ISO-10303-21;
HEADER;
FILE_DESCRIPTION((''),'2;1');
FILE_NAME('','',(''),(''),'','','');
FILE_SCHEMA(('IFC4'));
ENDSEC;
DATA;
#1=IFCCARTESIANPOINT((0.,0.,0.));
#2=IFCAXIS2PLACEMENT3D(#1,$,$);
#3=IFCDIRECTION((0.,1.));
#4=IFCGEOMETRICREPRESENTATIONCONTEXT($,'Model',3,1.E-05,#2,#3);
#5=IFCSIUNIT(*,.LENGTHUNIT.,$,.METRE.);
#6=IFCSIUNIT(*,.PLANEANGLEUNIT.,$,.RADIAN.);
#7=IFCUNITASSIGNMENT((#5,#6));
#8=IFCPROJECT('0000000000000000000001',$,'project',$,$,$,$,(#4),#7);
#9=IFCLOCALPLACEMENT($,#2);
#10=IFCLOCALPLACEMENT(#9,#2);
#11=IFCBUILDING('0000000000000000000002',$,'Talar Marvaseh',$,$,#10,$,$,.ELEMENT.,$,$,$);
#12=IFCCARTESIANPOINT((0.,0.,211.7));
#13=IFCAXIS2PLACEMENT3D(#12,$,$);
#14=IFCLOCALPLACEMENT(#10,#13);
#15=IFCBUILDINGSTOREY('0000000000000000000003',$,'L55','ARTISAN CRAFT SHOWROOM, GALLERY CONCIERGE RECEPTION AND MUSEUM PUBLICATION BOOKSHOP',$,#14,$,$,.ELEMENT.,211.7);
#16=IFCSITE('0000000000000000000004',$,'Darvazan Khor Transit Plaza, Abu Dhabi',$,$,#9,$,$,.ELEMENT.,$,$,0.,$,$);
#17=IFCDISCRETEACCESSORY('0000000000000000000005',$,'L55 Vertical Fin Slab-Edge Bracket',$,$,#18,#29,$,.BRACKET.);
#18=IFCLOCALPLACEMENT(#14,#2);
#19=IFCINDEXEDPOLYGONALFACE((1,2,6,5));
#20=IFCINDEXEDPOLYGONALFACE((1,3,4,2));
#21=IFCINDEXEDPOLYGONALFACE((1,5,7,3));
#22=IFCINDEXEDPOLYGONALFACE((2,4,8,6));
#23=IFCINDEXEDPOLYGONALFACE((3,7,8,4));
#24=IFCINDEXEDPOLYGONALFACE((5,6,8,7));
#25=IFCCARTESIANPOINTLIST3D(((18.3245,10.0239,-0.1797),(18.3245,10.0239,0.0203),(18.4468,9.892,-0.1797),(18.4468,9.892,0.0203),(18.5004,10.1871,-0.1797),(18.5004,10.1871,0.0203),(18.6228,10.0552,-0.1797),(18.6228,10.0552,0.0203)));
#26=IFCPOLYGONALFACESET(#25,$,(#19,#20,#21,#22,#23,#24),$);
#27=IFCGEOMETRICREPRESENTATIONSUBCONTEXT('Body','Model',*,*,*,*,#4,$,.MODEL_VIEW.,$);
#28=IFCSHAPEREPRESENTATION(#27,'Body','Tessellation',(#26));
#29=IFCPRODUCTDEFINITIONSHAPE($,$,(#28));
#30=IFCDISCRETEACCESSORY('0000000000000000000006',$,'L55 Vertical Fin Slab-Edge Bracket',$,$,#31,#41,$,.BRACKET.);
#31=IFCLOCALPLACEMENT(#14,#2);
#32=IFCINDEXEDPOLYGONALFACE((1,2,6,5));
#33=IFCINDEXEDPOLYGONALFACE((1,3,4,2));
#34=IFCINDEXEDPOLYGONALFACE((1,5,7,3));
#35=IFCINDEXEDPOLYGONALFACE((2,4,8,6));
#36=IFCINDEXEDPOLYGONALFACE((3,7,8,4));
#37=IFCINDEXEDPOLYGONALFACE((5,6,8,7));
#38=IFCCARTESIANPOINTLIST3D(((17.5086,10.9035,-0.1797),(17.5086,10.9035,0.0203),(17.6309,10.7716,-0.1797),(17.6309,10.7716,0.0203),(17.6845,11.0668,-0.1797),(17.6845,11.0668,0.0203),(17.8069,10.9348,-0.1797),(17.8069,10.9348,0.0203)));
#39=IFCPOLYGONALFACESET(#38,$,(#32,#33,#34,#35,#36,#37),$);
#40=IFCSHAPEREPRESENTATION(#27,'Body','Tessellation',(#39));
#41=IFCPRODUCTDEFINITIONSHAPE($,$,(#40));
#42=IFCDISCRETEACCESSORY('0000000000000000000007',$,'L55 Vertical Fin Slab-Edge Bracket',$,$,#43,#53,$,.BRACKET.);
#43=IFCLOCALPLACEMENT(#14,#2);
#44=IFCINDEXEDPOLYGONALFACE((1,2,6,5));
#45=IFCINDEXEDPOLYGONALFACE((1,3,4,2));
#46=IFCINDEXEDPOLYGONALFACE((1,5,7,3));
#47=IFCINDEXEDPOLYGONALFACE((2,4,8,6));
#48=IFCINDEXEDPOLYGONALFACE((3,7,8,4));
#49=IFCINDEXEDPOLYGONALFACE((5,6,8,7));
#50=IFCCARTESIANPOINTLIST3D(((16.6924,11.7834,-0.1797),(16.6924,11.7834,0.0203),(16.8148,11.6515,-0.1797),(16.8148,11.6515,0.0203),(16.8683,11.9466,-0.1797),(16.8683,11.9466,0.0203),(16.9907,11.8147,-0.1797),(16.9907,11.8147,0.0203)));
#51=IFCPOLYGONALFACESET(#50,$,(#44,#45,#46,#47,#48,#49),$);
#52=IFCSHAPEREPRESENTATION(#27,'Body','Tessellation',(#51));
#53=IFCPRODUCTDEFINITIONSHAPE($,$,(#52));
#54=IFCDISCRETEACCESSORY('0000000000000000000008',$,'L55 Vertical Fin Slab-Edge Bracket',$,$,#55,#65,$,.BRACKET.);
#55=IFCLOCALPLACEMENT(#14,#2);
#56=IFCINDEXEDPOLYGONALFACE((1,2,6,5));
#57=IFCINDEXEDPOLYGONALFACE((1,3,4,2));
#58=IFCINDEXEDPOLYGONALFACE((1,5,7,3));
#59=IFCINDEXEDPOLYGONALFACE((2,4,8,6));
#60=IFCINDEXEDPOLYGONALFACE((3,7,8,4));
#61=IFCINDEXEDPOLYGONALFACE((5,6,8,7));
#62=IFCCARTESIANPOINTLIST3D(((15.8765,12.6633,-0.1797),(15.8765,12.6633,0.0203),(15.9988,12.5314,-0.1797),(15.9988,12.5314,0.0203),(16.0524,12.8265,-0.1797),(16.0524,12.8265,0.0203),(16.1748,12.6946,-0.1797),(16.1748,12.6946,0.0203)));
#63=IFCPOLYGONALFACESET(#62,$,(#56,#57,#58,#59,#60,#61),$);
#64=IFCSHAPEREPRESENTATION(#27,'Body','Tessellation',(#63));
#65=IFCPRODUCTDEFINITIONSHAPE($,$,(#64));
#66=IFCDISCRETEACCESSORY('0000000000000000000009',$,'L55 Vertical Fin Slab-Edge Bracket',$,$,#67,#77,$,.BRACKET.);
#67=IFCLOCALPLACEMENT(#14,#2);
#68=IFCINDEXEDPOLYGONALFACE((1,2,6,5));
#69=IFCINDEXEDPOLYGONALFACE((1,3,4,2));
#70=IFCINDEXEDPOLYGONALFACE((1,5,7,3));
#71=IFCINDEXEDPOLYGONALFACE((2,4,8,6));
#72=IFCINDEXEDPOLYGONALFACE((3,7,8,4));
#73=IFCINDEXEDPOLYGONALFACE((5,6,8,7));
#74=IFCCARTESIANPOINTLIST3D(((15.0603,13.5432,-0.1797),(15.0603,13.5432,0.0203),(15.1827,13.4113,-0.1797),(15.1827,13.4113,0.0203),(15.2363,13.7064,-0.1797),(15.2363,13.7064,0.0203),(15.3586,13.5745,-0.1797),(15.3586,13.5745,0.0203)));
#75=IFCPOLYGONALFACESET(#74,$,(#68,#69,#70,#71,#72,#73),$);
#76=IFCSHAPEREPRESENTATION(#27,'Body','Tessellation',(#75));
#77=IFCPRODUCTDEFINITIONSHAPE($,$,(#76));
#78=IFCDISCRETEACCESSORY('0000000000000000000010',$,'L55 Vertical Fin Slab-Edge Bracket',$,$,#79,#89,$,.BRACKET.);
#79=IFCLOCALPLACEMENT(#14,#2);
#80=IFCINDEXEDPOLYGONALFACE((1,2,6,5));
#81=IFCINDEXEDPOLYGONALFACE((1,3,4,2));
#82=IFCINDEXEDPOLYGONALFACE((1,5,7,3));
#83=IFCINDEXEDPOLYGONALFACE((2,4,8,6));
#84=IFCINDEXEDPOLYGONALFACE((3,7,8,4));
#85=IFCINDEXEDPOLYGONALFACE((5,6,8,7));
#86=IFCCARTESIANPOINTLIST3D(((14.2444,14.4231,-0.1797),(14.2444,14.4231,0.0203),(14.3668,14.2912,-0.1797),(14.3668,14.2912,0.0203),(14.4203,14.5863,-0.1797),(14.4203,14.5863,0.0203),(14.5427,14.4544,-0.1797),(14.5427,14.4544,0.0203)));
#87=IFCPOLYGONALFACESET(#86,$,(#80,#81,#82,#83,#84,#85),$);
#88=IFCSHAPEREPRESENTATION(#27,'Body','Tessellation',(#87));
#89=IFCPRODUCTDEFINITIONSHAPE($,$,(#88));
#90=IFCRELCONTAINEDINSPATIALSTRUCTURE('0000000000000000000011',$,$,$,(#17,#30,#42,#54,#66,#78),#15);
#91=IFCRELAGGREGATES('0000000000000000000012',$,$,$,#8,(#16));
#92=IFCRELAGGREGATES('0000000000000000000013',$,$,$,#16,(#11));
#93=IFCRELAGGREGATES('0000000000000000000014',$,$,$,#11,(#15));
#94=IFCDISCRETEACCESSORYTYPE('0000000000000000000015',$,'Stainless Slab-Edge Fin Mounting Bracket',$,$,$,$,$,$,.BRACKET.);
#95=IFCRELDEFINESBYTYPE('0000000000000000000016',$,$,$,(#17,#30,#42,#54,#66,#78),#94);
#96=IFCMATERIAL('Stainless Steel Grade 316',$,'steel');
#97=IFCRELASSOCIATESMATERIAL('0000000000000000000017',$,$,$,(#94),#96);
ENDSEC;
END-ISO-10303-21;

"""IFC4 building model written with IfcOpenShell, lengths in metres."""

from ifc_helpers import new_model, si_unit, direction, frame, origin, origin_2d, place, context, subcontext, project, spatial, rectangle, extrude, source, transform, mapped, material, type_object, type_shapes, element, save


model = new_model("IFC4")

# Units and contexts
model_context = context("Model", 3, precision=1e-05, world=origin(), true_north=direction((0.0, 1.0)))
body_context = subcontext(model_context, "Body", "Model", "MODEL_VIEW")
ifc_project = project(units=[si_unit("LENGTHUNIT", "METRE"), si_unit("PLANEANGLEUNIT", "RADIAN")], contexts=[model_context])

# Site, building, storey
site_placement = place(None, origin())
site = spatial("IfcSite", under=ifc_project, at=site_placement, Name="Darvazan Khor Transit Plaza, Abu Dhabi", CompositionType="ELEMENT", RefElevation=0.0)
building_placement = place(site_placement, origin())
building = spatial("IfcBuilding", under=site, at=building_placement, Name="Talar Marvaseh", CompositionType="ELEMENT")
storey_placement = place(building_placement, frame((0.0, 0.0, 211.7)))
storey = spatial("IfcBuildingStorey", under=building, at=storey_placement, Name="L55", Description="ARTISAN CRAFT SHOWROOM, GALLERY CONCIERGE RECEPTION AND MUSEUM PUBLICATION BOOKSHOP", CompositionType="ELEMENT", Elevation=211.7)

# Discrete accessories
ifc_material_1 = material(Name="Stainless Steel Grade 316", Category="steel")
discrete_accessory_type = type_object("IfcDiscreteAccessoryType", Name="Stainless Slab-Edge Fin Mounting Bracket", PredefinedType="BRACKET", material=ifc_material_1)
shared_shape_1 = source(origin(), body_context, "Body", "SweptSolid", [
    extrude(rectangle(XDim=0.24, YDim=0.1799, at=origin_2d()), origin(), (0.0, 0.0, 1.0), 0.2),
])
type_shapes(discrete_accessory_type, [shared_shape_1])
for number, where, z_axis, x_axis, name in (
    (1, (18.4736, 10.0396, -0.1797), (0.0, 0.0, 1.0), (-0.733137, -0.680081, 0.0), "L55 Vertical Fin Slab-Edge Bracket"),
    (2, (17.6577, 10.9192, -0.1797), (0.0, 0.0, 1.0), (-0.733137, -0.680081, 0.0), "L55 Vertical Fin Slab-Edge Bracket"),
    (3, (16.8416, 11.7991, -0.1797), (0.0, 0.0, 1.0), (-0.733137, -0.680081, 0.0), "L55 Vertical Fin Slab-Edge Bracket"),
    (4, (16.0256, 12.679, -0.1797), (0.0, 0.0, 1.0), (-0.733137, -0.680081, 0.0), "L55 Vertical Fin Slab-Edge Bracket"),
    (5, (15.2095, 13.5588, -0.1797), (0.0, 0.0, 1.0), (-0.733137, -0.680081, 0.0), "L55 Vertical Fin Slab-Edge Bracket"),
    (6, (14.3936, 14.4387, -0.1797), (0.0, 0.0, 1.0), (-0.733137, -0.680081, 0.0), "L55 Vertical Fin Slab-Edge Bracket"),
):
    element("IfcDiscreteAccessory", number, at=place(storey_placement, frame(where, z_axis=z_axis, x_axis=x_axis)), inside=storey, type_object=discrete_accessory_type, Name=name, PredefinedType="BRACKET", context=body_context, shape_type="MappedRepresentation", body=[
        mapped(shared_shape_1, transform((0.0, 0.0, 0.0), x_axis=(1.0, 0.0, 0.0), y_axis=(0.0, 1.0, 0.0), z_axis=(0.0, 0.0, 1.0), scale=1.0)),
    ])

save(model, "model.ifc")
